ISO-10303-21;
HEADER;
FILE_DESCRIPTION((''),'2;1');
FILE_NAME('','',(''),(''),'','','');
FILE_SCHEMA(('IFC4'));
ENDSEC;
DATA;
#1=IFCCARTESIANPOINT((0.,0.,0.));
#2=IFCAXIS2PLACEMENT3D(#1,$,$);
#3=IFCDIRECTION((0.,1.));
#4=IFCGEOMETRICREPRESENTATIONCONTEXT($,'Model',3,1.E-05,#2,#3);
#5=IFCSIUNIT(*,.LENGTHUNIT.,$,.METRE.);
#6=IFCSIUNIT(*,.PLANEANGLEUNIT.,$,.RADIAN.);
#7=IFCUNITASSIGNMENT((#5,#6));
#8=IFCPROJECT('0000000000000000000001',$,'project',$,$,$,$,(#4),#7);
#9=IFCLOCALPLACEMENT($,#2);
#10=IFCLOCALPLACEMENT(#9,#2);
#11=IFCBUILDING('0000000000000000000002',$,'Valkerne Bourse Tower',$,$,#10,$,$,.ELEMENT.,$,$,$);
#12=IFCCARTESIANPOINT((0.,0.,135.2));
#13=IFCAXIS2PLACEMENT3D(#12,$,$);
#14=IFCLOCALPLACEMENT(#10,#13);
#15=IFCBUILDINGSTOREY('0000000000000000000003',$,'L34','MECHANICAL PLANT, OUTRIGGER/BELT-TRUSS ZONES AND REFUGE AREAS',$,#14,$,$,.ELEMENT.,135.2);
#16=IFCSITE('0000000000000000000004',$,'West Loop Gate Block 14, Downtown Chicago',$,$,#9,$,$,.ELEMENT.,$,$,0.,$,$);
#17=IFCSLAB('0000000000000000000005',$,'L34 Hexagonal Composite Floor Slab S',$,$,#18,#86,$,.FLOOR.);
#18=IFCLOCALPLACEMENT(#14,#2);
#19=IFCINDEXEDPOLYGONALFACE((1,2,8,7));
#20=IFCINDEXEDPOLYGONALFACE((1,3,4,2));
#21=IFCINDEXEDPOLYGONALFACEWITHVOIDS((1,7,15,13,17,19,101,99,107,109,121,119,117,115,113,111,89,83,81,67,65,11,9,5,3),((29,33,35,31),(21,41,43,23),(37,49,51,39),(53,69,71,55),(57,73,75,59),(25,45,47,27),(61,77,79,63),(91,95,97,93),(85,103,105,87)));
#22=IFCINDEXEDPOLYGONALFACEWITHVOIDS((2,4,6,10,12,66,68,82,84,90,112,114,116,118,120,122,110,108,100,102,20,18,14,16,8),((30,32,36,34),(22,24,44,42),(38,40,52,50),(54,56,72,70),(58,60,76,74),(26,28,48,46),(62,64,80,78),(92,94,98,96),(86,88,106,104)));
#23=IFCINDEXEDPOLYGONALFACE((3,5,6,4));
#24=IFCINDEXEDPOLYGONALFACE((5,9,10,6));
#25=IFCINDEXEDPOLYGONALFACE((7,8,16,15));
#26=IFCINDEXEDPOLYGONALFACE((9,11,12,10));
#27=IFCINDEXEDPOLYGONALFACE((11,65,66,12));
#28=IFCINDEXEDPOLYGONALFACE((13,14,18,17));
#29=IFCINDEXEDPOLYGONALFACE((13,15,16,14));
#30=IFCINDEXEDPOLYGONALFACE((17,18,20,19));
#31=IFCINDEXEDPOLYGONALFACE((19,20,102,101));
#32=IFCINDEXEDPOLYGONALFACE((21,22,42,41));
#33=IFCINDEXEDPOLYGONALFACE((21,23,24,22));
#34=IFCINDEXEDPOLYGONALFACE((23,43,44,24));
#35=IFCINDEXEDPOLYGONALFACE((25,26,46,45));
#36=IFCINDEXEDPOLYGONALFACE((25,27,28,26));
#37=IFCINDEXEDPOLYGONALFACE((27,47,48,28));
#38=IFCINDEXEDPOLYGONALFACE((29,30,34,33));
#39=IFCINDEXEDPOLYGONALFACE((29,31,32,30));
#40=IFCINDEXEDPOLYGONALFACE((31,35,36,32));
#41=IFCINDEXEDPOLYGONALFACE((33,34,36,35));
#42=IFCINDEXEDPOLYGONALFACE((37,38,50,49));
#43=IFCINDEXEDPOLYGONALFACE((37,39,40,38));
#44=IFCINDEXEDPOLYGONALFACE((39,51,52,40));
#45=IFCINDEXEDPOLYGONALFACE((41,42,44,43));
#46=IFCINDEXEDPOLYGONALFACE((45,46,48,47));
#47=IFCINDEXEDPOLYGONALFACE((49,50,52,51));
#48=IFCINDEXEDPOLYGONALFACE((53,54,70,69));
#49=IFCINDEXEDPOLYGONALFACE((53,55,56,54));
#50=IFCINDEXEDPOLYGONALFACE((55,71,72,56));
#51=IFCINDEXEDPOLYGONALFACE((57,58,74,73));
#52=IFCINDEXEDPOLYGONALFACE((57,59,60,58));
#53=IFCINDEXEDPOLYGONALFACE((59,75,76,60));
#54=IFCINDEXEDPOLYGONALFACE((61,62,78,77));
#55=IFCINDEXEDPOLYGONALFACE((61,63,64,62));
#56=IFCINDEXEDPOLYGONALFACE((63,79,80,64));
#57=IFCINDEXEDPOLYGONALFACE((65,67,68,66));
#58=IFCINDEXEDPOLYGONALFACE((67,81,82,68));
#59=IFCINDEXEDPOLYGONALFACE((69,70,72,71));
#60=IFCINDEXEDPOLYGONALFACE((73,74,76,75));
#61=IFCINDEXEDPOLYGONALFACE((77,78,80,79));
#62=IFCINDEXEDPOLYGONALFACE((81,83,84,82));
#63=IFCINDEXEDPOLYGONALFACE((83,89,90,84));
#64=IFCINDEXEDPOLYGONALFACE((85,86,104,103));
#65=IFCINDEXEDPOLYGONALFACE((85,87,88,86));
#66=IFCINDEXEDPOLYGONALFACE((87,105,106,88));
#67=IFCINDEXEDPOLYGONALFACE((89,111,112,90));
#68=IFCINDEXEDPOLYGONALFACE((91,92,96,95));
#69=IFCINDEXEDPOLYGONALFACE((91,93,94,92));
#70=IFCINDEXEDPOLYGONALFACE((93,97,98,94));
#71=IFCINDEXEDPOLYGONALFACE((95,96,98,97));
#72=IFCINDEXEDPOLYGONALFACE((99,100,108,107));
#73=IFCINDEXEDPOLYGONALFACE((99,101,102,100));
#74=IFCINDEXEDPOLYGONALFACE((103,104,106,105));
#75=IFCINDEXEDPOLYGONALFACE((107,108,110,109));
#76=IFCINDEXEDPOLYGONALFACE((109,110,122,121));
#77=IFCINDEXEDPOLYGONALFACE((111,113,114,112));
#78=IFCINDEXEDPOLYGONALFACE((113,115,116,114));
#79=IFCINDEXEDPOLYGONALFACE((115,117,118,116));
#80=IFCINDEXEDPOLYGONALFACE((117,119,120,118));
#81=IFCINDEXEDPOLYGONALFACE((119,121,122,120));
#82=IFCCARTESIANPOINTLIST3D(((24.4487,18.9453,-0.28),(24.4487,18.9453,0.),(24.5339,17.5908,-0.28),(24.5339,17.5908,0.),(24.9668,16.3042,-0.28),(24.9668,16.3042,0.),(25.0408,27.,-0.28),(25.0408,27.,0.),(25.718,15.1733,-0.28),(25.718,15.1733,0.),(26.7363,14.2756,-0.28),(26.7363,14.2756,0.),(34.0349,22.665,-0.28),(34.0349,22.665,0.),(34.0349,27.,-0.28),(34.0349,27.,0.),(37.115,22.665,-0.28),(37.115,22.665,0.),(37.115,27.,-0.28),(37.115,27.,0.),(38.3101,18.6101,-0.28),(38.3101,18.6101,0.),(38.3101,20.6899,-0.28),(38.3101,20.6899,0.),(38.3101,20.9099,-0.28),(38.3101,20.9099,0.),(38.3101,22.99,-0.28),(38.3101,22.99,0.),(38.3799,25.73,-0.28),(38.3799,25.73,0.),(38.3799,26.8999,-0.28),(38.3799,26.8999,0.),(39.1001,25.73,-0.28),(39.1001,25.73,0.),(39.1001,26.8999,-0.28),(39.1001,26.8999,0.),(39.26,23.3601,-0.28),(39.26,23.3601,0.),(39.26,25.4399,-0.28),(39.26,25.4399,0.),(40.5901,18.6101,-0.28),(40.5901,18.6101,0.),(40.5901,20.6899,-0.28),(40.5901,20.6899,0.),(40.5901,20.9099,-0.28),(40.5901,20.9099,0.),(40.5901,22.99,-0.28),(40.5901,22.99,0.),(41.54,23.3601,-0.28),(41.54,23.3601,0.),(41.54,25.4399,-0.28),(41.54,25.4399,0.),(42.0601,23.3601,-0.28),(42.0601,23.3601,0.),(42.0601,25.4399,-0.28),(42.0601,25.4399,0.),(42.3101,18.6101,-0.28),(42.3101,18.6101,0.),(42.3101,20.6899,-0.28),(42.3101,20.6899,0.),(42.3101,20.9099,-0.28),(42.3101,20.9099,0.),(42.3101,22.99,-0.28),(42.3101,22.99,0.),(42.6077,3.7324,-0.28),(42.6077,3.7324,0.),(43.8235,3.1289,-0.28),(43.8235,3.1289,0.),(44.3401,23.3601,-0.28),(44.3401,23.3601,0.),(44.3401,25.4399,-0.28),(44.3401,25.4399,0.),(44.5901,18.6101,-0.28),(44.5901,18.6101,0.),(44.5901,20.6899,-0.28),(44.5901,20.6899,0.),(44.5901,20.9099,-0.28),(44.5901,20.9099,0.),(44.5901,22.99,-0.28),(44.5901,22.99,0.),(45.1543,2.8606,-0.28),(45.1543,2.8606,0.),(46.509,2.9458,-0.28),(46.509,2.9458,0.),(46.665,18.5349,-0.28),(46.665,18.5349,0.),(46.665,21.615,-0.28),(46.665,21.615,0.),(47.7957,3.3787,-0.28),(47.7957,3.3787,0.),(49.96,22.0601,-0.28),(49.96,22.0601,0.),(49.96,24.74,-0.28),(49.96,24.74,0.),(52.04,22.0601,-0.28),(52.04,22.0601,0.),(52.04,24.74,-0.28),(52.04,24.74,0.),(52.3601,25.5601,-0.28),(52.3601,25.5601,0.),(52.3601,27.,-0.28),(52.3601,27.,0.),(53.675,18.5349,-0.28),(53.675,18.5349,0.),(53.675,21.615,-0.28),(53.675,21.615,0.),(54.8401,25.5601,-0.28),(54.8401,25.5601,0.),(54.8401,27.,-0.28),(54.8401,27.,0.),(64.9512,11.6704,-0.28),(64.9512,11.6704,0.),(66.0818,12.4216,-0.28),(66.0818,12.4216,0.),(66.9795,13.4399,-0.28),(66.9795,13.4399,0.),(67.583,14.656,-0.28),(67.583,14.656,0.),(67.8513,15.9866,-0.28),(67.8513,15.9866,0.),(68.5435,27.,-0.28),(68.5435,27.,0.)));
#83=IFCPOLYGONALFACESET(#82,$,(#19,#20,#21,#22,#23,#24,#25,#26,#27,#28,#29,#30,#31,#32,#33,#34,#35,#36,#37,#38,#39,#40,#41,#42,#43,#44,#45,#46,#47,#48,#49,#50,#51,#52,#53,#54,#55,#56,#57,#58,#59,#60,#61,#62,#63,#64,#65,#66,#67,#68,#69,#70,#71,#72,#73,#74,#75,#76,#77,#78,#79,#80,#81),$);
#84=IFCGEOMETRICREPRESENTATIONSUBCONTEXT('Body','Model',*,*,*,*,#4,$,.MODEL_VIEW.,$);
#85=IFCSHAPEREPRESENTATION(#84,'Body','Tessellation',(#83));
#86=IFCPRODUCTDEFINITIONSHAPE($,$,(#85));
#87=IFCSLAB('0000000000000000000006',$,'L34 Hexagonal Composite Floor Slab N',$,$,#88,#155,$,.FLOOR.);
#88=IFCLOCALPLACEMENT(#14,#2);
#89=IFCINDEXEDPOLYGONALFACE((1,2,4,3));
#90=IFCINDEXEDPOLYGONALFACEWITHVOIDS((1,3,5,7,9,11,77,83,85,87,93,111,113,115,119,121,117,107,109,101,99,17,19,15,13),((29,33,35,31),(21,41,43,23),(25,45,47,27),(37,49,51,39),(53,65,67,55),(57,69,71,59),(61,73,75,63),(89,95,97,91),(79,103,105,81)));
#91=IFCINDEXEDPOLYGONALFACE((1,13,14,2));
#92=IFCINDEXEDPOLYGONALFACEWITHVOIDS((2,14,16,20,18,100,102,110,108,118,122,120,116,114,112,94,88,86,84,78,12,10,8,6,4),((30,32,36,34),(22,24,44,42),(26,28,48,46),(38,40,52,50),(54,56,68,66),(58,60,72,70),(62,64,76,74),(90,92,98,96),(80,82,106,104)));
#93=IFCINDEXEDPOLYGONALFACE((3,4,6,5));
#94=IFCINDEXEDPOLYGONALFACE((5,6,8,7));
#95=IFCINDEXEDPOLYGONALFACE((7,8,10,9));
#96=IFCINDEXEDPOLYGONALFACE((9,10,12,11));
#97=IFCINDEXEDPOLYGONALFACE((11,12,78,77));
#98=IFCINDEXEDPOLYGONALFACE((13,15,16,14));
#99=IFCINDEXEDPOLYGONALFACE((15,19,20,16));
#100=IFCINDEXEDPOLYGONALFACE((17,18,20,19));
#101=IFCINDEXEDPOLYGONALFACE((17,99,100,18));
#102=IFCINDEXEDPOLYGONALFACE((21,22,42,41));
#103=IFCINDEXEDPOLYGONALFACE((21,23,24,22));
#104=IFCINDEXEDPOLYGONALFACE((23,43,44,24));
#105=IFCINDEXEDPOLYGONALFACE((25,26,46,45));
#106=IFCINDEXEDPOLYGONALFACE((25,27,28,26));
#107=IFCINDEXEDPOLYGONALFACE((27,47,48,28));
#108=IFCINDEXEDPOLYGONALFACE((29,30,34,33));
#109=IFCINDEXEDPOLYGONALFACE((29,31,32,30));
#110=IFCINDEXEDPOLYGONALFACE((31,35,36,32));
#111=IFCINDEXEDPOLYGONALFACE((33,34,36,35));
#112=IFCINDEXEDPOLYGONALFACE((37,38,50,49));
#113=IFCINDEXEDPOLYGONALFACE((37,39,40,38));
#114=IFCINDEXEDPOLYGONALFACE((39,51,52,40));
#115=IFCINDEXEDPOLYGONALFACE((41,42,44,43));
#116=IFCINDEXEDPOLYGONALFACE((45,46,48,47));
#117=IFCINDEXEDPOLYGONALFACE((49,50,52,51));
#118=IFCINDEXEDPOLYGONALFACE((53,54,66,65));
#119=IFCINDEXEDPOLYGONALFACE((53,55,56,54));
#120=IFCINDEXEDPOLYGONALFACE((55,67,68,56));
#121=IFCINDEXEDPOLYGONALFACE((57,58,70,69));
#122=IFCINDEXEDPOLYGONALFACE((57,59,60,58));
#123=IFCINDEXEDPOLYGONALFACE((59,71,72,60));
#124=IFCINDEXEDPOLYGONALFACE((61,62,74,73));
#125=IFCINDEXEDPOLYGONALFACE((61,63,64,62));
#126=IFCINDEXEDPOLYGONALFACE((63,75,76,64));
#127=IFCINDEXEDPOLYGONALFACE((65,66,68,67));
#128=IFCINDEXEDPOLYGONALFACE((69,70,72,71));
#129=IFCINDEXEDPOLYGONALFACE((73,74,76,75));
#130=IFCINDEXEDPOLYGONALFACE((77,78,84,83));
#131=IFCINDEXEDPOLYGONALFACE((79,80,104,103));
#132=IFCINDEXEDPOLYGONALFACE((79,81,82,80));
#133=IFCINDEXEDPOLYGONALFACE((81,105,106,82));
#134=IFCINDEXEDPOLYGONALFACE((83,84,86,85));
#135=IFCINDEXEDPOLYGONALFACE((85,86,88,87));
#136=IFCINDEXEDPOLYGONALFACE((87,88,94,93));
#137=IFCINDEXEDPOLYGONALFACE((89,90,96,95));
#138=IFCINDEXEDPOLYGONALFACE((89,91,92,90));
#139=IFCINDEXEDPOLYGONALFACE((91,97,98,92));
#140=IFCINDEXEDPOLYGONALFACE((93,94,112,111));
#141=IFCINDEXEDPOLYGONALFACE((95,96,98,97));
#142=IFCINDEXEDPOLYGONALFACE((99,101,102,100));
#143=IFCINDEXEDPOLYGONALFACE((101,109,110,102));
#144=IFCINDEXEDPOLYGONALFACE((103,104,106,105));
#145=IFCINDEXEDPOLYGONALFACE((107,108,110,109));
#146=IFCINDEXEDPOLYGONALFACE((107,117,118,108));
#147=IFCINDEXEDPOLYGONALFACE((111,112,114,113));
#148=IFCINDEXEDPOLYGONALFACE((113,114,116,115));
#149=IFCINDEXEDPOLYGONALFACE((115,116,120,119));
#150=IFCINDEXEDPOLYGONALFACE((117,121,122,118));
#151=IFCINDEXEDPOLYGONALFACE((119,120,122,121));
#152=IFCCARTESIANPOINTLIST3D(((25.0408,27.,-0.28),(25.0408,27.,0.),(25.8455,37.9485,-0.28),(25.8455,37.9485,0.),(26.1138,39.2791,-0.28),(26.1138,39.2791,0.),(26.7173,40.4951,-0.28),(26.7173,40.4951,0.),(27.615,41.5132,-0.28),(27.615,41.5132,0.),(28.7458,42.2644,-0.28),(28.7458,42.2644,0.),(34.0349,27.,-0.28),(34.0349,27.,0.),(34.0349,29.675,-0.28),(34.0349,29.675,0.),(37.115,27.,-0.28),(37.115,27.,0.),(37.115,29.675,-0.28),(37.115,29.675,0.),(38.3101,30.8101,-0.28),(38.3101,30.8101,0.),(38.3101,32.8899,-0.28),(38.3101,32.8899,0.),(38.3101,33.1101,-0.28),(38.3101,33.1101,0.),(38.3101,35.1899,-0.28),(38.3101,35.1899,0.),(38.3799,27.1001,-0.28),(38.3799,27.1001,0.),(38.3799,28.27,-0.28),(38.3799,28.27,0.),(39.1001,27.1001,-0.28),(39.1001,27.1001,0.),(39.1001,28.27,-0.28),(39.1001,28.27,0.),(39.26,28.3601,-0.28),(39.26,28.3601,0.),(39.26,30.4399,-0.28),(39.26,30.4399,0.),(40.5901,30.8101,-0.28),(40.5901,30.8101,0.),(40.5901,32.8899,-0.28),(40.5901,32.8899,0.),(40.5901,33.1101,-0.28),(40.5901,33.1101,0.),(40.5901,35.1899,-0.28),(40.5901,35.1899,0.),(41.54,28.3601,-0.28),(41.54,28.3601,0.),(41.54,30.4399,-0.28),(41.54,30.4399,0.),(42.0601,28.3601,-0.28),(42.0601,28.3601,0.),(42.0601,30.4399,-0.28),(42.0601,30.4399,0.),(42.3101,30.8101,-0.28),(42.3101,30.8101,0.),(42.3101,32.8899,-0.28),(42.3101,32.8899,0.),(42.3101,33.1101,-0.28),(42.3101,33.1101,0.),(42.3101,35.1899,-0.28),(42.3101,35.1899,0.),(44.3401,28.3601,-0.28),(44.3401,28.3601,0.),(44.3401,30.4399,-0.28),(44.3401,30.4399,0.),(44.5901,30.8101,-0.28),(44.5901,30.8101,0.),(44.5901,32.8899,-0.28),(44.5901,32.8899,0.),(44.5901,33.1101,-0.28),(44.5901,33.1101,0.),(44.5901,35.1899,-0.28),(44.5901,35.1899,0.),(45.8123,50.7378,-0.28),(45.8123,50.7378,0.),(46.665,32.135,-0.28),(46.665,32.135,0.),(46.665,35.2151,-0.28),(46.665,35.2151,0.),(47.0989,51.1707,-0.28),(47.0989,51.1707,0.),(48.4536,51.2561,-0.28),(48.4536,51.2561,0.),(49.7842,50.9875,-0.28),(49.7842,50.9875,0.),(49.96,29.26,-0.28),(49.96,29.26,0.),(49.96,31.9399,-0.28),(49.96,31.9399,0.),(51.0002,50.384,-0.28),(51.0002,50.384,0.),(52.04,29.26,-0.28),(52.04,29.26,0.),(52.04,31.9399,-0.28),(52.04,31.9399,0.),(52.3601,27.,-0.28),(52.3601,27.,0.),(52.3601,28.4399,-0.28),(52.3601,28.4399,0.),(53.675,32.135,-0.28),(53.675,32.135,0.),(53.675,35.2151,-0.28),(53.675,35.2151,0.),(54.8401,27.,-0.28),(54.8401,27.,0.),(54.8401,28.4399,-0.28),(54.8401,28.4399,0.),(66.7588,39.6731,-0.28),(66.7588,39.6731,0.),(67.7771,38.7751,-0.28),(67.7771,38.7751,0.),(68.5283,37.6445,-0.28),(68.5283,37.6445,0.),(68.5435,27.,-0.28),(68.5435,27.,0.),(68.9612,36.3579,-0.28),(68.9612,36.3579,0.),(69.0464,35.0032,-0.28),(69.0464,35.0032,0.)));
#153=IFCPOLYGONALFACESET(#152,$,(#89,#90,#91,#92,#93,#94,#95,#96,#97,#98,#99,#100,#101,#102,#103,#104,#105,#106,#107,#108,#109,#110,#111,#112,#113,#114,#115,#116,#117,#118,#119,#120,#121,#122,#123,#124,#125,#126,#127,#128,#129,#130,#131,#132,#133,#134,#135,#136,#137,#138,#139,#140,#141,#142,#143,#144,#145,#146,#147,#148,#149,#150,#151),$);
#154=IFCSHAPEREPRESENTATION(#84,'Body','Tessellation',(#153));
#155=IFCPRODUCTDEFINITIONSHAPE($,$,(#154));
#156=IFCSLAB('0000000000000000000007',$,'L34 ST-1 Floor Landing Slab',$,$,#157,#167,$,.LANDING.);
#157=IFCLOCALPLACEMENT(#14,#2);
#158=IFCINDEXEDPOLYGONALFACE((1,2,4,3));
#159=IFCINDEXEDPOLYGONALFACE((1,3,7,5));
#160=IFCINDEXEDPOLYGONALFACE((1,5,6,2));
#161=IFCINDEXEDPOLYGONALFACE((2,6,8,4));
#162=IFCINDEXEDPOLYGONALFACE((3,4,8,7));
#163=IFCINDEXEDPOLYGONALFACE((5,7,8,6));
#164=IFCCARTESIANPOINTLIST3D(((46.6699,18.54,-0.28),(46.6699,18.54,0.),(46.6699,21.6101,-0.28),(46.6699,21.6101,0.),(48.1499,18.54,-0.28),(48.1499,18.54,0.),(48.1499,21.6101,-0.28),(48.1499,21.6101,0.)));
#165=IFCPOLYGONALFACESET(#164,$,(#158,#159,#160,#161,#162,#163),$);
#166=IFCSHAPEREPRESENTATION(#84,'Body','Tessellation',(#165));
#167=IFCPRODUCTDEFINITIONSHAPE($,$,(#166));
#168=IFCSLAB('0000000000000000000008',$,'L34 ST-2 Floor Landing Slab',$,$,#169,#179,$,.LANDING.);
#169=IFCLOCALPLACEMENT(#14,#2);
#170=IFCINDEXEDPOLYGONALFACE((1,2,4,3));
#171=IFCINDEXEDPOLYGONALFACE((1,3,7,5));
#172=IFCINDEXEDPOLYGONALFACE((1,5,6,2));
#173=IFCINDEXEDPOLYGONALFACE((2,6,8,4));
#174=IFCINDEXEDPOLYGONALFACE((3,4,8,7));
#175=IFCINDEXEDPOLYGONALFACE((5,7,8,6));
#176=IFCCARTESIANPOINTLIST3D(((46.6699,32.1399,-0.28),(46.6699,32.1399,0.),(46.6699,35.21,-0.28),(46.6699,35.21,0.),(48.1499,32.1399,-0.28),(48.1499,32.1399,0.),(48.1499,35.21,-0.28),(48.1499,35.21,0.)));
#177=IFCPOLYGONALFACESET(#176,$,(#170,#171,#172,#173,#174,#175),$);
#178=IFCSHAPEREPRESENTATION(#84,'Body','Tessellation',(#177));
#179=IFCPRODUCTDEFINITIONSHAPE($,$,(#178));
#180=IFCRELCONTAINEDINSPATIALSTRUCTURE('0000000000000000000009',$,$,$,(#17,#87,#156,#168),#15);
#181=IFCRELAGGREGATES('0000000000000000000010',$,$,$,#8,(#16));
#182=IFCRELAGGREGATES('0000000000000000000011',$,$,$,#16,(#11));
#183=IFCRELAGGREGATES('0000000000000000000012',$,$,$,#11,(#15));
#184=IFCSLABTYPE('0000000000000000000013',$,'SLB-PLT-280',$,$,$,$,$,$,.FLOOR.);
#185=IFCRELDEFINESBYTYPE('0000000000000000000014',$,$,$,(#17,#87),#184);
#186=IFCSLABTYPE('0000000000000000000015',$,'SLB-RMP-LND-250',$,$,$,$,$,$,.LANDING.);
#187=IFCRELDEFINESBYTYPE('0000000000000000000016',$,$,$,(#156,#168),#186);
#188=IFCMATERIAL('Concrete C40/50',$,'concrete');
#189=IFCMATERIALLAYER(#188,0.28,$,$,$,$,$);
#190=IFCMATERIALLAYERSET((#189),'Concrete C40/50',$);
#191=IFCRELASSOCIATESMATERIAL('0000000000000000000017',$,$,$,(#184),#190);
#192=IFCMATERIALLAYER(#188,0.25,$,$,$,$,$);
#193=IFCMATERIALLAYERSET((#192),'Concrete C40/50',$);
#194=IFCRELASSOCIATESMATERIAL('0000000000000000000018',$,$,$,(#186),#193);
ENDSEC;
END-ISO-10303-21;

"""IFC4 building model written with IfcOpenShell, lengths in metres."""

from ifc_helpers import new_model, si_unit, direction, frame, origin, place, context, subcontext, project, spatial, polyline, outline, extrude, material, layer, layer_set, type_object, element, save


model = new_model("IFC4")

# Units and contexts
model_context = context("Model", 3, precision=1e-05, world=origin(), true_north=direction((0.0, 1.0)))
body_context = subcontext(model_context, "Body", "Model", "MODEL_VIEW")
ifc_project = project(units=[si_unit("LENGTHUNIT", "METRE"), si_unit("PLANEANGLEUNIT", "RADIAN")], contexts=[model_context])

# Site, building, storey
site_placement = place(None, origin())
site = spatial("IfcSite", under=ifc_project, at=site_placement, Name="West Loop Gate Block 14, Downtown Chicago", CompositionType="ELEMENT", RefElevation=0.0)
building_placement = place(site_placement, origin())
building = spatial("IfcBuilding", under=site, at=building_placement, Name="Valkerne Bourse Tower", CompositionType="ELEMENT")
storey_placement = place(building_placement, frame((0.0, 0.0, 135.2)))
storey = spatial("IfcBuildingStorey", under=building, at=storey_placement, Name="L34", Description="MECHANICAL PLANT, OUTRIGGER/BELT-TRUSS ZONES AND REFUGE AREAS", CompositionType="ELEMENT", Elevation=135.2)

# Slabs
ifc_material_1 = material(Name="Concrete C40/50", Category="concrete")
ifc_layer_1 = layer(ifc_material_1, 0.28)
ifc_layer_set_1 = layer_set([ifc_layer_1], Name="Concrete C40/50")
slab_type_1 = type_object("IfcSlabType", Name="SLB-PLT-280", PredefinedType="FLOOR", material=ifc_layer_set_1)
slab_1_placement = place(storey_placement, frame((0.0, 0.0, -0.28)))
element("IfcSlab", 1, at=slab_1_placement, inside=storey, type_object=slab_type_1, Name="L34 Hexagonal Composite Floor Slab S", PredefinedType="FLOOR", context=body_context, shape_type="SweptSolid", body=[
    extrude(outline(polyline([(67.583, 14.656), (66.9795, 13.4399), (66.0818, 12.4216), (64.9512, 11.6704), (47.7957, 3.3787), (46.509, 2.9458), (45.1543, 2.8606), (43.8235, 3.1289), (42.6077, 3.7324), (26.7363, 14.2756), (25.718, 15.1733), (24.9668, 16.3042), (24.5339, 17.5908), (24.4487, 18.9453), (25.0408, 27.0), (34.0349, 27.0), (34.0349, 22.665), (37.115, 22.665), (37.115, 27.0), (52.3601, 27.0), (52.3601, 25.5601), (54.8401, 25.5601), (54.8401, 27.0), (68.5435, 27.0), (67.8513, 15.9866), (67.583, 14.656)]), holes=[polyline([(40.5901, 20.6899), (38.3101, 20.6899), (38.3101, 18.6101), (40.5901, 18.6101), (40.5901, 20.6899)]), polyline([(40.5901, 22.99), (38.3101, 22.99), (38.3101, 20.9099), (40.5901, 20.9099), (40.5901, 22.99)]), polyline([(41.54, 25.4399), (39.26, 25.4399), (39.26, 23.3601), (41.54, 23.3601), (41.54, 25.4399)]), polyline([(39.1001, 25.73), (39.1001, 26.8999), (38.3799, 26.8999), (38.3799, 25.73), (39.1001, 25.73)]), polyline([(44.5901, 20.6899), (42.3101, 20.6899), (42.3101, 18.6101), (44.5901, 18.6101), (44.5901, 20.6899)]), polyline([(53.675, 21.615), (46.665, 21.615), (46.665, 18.5349), (53.675, 18.5349), (53.675, 21.615)]), polyline([(44.5901, 22.99), (42.3101, 22.99), (42.3101, 20.9099), (44.5901, 20.9099), (44.5901, 22.99)]), polyline([(52.04, 22.0601), (52.04, 24.74), (49.96, 24.74), (49.96, 22.0601), (52.04, 22.0601)]), polyline([(44.3401, 23.3601), (44.3401, 25.4399), (42.0601, 25.4399), (42.0601, 23.3601), (44.3401, 23.3601)])]), origin(), (0.0, 0.0, 1.0), 0.28),
])
slab_2_placement = place(storey_placement, frame((0.0, 0.0, -0.28)))
element("IfcSlab", 2, at=slab_2_placement, inside=storey, type_object=slab_type_1, Name="L34 Hexagonal Composite Floor Slab N", PredefinedType="FLOOR", context=body_context, shape_type="SweptSolid", body=[
    extrude(outline(polyline([(25.8455, 37.9485), (26.1138, 39.2791), (26.7173, 40.4951), (27.615, 41.5132), (28.7458, 42.2644), (45.8123, 50.7378), (47.0989, 51.1707), (48.4536, 51.2561), (49.7842, 50.9875), (51.0002, 50.384), (66.7588, 39.6731), (67.7771, 38.7751), (68.5283, 37.6445), (68.9612, 36.3579), (69.0464, 35.0032), (68.5435, 27.0), (54.8401, 27.0), (54.8401, 28.4399), (52.3601, 28.4399), (52.3601, 27.0), (37.115, 27.0), (37.115, 29.675), (34.0349, 29.675), (34.0349, 27.0), (25.0408, 27.0), (25.8455, 37.9485)]), holes=[polyline([(39.1001, 28.27), (38.3799, 28.27), (38.3799, 27.1001), (39.1001, 27.1001), (39.1001, 28.27)]), polyline([(41.54, 30.4399), (39.26, 30.4399), (39.26, 28.3601), (41.54, 28.3601), (41.54, 30.4399)]), polyline([(44.3401, 30.4399), (42.0601, 30.4399), (42.0601, 28.3601), (44.3401, 28.3601), (44.3401, 30.4399)]), polyline([(40.5901, 30.8101), (40.5901, 32.8899), (38.3101, 32.8899), (38.3101, 30.8101), (40.5901, 30.8101)]), polyline([(40.5901, 33.1101), (40.5901, 35.1899), (38.3101, 35.1899), (38.3101, 33.1101), (40.5901, 33.1101)]), polyline([(52.04, 31.9399), (49.96, 31.9399), (49.96, 29.26), (52.04, 29.26), (52.04, 31.9399)]), polyline([(44.5901, 32.8899), (42.3101, 32.8899), (42.3101, 30.8101), (44.5901, 30.8101), (44.5901, 32.8899)]), polyline([(53.675, 32.135), (53.675, 35.2151), (46.665, 35.2151), (46.665, 32.135), (53.675, 32.135)]), polyline([(44.5901, 33.1101), (44.5901, 35.1899), (42.3101, 35.1899), (42.3101, 33.1101), (44.5901, 33.1101)])]), origin(), (0.0, 0.0, 1.0), 0.28),
])
ifc_layer_2 = layer(ifc_material_1, 0.25)
ifc_layer_set_2 = layer_set([ifc_layer_2], Name="Concrete C40/50")
slab_type_2 = type_object("IfcSlabType", Name="SLB-RMP-LND-250", PredefinedType="LANDING", material=ifc_layer_set_2)
slab_3_placement = place(storey_placement, frame((0.0, 0.0, -0.28)))
element("IfcSlab", 3, at=slab_3_placement, inside=storey, type_object=slab_type_2, Name="L34 ST-1 Floor Landing Slab", PredefinedType="LANDING", context=body_context, shape_type="SweptSolid", body=[
    extrude(outline(polyline([(46.6699, 18.54), (48.1499, 18.54), (48.1499, 21.6101), (46.6699, 21.6101), (46.6699, 18.54)])), origin(), (0.0, 0.0, 1.0), 0.28),
])
slab_4_placement = place(storey_placement, frame((0.0, 0.0, -0.28)))
element("IfcSlab", 4, at=slab_4_placement, inside=storey, type_object=slab_type_2, Name="L34 ST-2 Floor Landing Slab", PredefinedType="LANDING", context=body_context, shape_type="SweptSolid", body=[
    extrude(outline(polyline([(46.6699, 32.1399), (48.1499, 32.1399), (48.1499, 35.21), (46.6699, 35.21), (46.6699, 32.1399)])), origin(), (0.0, 0.0, 1.0), 0.28),
])

save(model, "model.ifc")
